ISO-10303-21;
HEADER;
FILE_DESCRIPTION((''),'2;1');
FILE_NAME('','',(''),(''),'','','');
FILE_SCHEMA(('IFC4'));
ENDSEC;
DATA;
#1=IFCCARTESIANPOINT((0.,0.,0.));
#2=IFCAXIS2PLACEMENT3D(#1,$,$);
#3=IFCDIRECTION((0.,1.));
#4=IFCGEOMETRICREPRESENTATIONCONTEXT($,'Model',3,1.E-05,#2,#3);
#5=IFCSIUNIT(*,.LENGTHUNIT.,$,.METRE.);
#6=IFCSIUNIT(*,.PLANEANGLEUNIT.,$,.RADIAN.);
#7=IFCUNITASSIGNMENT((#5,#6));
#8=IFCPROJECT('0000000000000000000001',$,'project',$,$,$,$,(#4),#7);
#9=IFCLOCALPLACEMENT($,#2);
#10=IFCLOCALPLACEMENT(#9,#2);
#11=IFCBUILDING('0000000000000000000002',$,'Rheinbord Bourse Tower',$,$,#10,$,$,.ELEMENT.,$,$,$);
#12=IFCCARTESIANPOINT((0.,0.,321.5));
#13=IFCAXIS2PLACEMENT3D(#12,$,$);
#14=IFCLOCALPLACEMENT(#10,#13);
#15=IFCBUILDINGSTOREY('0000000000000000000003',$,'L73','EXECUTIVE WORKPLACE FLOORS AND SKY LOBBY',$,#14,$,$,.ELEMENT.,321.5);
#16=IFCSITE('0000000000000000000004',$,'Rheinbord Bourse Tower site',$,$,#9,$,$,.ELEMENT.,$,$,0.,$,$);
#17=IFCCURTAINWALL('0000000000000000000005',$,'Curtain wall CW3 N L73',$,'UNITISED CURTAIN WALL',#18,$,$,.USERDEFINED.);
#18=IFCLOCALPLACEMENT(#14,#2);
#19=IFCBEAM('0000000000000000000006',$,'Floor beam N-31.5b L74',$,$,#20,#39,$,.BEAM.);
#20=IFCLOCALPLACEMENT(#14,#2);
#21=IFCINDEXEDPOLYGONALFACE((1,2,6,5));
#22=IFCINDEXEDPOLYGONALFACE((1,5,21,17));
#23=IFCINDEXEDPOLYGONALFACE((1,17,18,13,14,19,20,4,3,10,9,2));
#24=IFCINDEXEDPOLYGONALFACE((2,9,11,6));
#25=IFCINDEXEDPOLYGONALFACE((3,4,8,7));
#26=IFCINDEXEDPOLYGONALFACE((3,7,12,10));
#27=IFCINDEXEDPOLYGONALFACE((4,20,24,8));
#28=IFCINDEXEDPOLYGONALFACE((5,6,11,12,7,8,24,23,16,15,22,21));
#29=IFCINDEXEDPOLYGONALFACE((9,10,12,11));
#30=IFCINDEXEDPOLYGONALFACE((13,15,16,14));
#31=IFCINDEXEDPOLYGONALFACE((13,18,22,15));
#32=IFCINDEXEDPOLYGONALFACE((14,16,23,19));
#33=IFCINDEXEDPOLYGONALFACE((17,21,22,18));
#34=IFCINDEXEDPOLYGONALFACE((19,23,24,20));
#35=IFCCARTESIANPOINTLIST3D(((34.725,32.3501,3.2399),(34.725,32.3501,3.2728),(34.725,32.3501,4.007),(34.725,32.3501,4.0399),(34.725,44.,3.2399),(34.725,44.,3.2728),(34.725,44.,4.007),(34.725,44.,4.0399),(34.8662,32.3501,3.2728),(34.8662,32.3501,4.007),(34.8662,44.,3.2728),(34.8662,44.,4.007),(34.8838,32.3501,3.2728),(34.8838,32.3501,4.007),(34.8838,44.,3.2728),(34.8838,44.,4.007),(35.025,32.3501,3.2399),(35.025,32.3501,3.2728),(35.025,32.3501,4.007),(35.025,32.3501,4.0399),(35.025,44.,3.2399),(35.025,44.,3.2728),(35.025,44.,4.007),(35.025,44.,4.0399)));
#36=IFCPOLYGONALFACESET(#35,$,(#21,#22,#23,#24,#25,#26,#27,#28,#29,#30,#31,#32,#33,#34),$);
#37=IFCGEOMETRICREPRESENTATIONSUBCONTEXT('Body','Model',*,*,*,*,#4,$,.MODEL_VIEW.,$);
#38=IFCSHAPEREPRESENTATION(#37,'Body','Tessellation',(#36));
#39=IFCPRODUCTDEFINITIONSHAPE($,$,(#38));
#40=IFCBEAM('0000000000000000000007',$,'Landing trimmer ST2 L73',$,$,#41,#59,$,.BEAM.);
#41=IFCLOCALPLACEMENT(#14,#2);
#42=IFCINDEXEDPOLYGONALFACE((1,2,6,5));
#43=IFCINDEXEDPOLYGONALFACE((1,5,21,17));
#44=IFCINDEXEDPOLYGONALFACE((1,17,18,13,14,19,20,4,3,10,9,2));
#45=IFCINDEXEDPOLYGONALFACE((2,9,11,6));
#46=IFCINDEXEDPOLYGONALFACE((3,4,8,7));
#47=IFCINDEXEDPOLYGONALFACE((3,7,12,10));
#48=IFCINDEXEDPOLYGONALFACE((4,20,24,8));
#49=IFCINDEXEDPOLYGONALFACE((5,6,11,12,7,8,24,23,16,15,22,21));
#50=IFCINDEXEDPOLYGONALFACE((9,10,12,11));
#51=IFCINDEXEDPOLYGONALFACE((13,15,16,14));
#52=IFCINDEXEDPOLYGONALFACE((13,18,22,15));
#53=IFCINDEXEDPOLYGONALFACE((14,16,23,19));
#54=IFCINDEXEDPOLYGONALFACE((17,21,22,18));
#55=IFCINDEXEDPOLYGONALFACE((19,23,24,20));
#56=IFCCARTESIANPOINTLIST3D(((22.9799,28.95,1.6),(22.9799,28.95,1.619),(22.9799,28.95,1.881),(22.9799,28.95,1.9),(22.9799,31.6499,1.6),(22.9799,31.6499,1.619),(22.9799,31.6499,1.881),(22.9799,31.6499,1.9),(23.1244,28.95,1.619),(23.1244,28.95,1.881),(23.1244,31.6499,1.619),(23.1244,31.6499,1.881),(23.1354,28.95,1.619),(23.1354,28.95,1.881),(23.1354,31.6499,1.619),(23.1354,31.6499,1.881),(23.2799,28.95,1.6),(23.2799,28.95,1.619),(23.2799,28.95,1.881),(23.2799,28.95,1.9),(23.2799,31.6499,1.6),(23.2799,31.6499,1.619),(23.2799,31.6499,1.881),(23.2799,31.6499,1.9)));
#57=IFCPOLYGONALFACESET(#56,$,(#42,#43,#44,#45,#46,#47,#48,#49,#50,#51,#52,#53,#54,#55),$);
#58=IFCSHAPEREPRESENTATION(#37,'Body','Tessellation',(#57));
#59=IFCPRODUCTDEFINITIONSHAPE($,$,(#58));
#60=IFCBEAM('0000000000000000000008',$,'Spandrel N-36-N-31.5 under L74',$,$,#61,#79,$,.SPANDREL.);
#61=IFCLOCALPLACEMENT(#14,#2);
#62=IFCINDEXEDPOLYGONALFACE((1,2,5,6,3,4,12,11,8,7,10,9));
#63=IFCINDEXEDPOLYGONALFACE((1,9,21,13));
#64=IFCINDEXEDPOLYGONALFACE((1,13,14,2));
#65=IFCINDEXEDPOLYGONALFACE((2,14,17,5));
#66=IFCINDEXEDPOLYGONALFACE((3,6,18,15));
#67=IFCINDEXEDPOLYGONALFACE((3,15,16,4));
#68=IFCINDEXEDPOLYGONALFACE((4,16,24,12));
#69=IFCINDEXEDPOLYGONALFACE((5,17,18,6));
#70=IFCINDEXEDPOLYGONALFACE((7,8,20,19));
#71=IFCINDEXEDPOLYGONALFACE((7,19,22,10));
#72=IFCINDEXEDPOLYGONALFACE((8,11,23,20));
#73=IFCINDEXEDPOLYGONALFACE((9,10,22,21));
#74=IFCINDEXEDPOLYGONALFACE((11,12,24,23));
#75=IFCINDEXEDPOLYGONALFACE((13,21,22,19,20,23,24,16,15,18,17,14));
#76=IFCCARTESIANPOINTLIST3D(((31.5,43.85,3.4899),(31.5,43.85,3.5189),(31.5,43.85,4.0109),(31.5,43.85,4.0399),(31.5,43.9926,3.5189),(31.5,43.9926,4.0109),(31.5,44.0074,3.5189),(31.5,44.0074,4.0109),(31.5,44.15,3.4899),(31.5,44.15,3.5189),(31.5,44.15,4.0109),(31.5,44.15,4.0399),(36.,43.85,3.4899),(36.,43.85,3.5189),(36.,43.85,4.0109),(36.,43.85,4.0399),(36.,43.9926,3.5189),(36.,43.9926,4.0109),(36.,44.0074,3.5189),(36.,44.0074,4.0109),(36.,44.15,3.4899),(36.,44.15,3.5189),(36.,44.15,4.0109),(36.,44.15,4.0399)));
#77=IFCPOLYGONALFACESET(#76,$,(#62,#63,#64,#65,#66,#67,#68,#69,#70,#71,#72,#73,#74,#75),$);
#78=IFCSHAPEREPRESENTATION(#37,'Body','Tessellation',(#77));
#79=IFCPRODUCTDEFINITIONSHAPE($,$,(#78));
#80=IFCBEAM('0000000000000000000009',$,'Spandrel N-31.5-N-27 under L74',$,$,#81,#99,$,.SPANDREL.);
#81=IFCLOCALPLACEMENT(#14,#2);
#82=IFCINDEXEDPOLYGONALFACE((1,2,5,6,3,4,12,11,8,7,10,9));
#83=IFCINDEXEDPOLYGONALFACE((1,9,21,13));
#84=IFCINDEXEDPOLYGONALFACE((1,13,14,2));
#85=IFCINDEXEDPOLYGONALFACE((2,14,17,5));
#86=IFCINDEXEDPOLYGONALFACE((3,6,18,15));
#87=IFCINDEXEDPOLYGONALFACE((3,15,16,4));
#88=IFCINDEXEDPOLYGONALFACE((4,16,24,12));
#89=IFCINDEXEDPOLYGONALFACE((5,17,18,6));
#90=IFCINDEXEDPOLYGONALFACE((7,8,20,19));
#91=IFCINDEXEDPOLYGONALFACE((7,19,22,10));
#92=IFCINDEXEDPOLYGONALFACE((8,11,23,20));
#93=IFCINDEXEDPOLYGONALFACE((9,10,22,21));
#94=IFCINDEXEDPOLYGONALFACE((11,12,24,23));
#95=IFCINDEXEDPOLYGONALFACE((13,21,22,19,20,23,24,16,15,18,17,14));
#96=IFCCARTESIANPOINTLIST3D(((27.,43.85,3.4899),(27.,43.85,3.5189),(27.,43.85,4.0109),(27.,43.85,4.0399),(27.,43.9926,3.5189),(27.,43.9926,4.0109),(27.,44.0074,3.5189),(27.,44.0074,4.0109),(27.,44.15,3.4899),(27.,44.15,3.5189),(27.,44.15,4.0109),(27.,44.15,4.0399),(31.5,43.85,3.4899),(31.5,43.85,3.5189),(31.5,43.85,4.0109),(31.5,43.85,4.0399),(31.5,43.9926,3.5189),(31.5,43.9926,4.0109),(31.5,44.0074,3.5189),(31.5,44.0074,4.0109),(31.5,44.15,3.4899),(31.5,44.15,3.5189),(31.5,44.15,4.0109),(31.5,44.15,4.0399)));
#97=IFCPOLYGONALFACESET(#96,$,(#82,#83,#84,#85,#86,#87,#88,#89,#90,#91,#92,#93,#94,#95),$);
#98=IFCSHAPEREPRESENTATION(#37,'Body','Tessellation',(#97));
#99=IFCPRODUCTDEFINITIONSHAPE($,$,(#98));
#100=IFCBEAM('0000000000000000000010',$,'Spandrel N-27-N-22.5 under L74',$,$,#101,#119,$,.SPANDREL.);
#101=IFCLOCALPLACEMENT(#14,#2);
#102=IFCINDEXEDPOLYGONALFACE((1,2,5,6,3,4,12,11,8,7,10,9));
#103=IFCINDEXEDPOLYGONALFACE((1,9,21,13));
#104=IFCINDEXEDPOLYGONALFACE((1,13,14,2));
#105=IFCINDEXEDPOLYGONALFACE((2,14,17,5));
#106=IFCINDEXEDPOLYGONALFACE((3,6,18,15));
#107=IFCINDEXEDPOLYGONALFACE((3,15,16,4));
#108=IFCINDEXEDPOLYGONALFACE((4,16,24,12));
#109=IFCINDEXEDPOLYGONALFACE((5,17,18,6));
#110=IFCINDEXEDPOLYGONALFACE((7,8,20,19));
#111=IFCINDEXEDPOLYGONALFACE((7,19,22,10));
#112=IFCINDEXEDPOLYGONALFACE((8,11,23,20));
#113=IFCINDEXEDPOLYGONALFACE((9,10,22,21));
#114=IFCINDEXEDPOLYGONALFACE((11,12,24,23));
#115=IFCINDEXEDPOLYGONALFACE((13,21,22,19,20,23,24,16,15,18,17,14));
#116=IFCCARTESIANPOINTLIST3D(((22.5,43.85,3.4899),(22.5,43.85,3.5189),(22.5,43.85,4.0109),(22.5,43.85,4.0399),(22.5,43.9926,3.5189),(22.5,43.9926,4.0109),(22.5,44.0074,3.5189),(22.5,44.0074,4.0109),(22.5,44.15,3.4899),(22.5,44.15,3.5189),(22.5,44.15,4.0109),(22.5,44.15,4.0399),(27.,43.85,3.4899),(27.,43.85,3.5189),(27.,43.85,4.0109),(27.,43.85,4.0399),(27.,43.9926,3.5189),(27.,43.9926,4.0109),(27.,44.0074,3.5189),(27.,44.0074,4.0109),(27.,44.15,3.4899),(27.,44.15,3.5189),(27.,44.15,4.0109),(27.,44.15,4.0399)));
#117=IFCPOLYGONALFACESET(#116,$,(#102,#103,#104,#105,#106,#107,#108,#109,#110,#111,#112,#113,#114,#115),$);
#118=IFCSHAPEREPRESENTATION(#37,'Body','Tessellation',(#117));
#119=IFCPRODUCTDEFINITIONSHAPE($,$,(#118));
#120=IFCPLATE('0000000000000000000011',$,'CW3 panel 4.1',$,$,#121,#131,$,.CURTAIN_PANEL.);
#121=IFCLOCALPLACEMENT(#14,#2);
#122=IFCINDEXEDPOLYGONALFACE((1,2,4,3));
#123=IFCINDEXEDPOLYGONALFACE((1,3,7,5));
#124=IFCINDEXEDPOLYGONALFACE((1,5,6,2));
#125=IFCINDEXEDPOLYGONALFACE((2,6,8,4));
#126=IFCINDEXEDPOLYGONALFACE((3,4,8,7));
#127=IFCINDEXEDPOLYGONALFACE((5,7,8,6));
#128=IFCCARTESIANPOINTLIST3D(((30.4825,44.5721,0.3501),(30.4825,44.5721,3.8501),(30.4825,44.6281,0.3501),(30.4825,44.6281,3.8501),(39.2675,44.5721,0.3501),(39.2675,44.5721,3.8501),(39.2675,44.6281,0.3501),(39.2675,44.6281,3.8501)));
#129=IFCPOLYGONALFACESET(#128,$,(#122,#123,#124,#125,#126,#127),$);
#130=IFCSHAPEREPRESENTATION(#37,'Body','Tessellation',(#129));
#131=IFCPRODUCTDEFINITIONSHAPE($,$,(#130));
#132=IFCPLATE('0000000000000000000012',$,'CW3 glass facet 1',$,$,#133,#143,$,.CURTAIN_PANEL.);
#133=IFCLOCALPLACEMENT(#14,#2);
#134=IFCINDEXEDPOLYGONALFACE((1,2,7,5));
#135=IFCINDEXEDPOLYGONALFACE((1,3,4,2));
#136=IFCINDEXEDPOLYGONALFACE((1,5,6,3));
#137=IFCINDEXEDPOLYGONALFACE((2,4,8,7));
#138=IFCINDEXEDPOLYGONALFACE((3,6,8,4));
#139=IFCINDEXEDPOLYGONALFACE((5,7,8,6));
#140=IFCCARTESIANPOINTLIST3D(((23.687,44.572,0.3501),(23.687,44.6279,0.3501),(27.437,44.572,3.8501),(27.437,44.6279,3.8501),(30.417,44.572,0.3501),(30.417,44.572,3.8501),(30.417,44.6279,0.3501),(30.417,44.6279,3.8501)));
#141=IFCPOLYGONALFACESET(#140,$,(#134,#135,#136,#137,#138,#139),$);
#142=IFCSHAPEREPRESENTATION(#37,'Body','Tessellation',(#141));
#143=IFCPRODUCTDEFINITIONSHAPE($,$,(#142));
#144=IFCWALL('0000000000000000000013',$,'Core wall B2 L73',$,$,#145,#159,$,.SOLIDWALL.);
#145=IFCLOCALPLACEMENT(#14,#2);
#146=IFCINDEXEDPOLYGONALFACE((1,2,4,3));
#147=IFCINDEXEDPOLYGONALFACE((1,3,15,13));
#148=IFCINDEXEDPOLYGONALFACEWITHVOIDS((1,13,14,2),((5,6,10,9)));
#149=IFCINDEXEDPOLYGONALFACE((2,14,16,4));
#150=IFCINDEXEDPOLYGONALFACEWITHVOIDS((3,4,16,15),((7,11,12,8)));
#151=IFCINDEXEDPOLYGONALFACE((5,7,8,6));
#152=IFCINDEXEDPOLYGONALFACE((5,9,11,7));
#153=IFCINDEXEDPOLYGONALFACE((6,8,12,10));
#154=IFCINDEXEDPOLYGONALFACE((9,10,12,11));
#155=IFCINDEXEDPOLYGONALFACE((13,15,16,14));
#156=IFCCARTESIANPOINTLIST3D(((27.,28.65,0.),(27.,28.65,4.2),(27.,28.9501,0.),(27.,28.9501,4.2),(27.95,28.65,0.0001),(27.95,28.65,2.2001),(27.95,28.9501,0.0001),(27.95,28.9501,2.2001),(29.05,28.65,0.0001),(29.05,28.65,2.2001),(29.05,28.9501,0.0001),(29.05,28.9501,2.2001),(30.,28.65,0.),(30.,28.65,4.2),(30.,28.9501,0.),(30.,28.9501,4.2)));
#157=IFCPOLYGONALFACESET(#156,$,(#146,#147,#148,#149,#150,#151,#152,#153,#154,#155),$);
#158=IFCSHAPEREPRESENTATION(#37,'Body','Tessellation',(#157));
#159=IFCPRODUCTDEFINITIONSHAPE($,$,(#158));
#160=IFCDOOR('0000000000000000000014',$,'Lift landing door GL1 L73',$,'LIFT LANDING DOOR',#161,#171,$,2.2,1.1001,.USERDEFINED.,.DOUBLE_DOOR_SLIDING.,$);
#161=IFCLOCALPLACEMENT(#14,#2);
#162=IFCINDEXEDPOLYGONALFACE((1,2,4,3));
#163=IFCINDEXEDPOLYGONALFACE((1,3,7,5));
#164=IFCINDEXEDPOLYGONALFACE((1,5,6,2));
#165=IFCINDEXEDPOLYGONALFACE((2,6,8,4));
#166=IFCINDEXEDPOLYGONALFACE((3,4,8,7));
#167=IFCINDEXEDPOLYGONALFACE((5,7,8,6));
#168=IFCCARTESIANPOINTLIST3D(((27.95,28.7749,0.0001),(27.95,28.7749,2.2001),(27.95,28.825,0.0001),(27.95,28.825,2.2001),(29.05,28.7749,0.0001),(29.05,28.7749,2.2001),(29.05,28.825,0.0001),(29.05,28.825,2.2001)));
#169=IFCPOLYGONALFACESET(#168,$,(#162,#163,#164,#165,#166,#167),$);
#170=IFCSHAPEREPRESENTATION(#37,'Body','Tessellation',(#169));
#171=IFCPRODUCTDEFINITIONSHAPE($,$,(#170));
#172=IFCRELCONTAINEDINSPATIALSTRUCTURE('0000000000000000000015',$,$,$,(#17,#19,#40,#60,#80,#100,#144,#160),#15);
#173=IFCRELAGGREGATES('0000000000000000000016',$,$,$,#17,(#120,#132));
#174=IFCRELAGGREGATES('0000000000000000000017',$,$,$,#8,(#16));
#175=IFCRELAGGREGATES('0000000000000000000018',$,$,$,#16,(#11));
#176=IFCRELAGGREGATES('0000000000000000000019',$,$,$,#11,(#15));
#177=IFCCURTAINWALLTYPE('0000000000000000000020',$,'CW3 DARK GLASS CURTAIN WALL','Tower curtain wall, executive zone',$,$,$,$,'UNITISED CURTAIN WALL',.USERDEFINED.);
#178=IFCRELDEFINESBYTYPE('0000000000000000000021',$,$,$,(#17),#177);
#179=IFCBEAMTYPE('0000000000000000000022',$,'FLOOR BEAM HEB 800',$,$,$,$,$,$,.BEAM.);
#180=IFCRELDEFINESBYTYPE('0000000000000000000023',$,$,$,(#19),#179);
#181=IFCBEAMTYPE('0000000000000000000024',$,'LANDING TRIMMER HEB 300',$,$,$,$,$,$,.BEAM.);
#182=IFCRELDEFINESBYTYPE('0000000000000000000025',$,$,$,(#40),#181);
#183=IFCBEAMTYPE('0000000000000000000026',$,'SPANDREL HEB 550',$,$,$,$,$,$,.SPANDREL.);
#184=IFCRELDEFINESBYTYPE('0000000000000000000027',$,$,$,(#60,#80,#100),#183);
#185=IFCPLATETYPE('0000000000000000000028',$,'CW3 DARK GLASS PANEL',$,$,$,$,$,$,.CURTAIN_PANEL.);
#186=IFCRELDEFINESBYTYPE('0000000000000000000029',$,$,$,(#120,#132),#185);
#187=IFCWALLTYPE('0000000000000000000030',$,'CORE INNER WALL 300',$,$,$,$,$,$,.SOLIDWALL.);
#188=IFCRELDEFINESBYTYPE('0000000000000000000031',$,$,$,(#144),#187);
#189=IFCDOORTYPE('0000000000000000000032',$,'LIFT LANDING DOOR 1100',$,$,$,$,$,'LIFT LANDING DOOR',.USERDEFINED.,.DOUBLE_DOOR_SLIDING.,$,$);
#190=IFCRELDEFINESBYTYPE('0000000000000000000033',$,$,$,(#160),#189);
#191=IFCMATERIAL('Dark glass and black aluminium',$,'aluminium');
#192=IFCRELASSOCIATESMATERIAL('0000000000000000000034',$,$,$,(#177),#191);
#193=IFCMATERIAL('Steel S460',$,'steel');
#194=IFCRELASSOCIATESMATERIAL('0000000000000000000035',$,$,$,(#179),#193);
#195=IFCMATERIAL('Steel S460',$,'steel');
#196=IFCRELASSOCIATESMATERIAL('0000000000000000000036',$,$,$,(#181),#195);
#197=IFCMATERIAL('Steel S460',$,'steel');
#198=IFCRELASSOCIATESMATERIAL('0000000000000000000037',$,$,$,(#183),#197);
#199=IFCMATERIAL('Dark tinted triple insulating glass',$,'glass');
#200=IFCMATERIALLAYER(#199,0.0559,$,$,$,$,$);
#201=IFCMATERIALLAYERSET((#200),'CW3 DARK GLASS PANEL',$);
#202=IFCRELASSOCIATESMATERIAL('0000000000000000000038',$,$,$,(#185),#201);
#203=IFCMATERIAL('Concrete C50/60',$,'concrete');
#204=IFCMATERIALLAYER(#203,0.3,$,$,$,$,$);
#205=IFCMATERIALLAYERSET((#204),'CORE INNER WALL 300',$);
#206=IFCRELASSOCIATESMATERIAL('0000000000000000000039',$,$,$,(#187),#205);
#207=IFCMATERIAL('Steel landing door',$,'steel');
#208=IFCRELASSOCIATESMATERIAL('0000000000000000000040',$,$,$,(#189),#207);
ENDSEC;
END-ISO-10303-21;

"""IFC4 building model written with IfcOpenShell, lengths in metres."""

from ifc_helpers import new_model, si_unit, direction, frame, frame_2d, origin, origin_2d, place, context, subcontext, project, spatial, polyline, rectangle, i_section, outline, extrude, material, layer, layer_set, material_profile, profile_set, type_object, element, fill, aggregate, save


model = new_model("IFC4")

# Units and contexts
model_context = context("Model", 3, precision=1e-05, world=origin(), true_north=direction((0.0, 1.0)))
body_context = subcontext(model_context, "Body", "Model", "MODEL_VIEW")
ifc_project = project(units=[si_unit("LENGTHUNIT", "METRE"), si_unit("PLANEANGLEUNIT", "RADIAN")], contexts=[model_context])

# Site, building, storey
site_placement = place(None, origin())
site = spatial("IfcSite", under=ifc_project, at=site_placement, Name="Rheinbord Bourse Tower site", CompositionType="ELEMENT", RefElevation=0.0)
building_placement = place(site_placement, origin())
building = spatial("IfcBuilding", under=site, at=building_placement, Name="Rheinbord Bourse Tower", CompositionType="ELEMENT")
storey_placement = place(building_placement, frame((0.0, 0.0, 321.5)))
storey = spatial("IfcBuildingStorey", under=building, at=storey_placement, Name="L73", Description="EXECUTIVE WORKPLACE FLOORS AND SKY LOBBY", CompositionType="ELEMENT", Elevation=321.5)

# Curtain wall
ifc_material_1 = material(Name="Dark glass and black aluminium", Category="aluminium")
curtain_wall_type = type_object("IfcCurtainWallType", Name="CW3 DARK GLASS CURTAIN WALL", Description="Tower curtain wall, executive zone", ElementType="UNITISED CURTAIN WALL", PredefinedType="USERDEFINED", material=ifc_material_1)
curtain_wall_placement = place(storey_placement, origin())
curtain_wall = element("IfcCurtainWall", 1, at=curtain_wall_placement, inside=storey, type_object=curtain_wall_type, Name="Curtain wall CW3 N L73", ObjectType="UNITISED CURTAIN WALL", PredefinedType="USERDEFINED")

# Beams
ifc_material_2 = material(Name="Steel S460", Category="steel")
ifc_material_profile_1 = material_profile(ifc_material_2, i_section(OverallWidth=0.3, OverallDepth=0.8, WebThickness=0.0176, FlangeThickness=0.033, at=origin_2d()), Name="HEB 800")
ifc_profile_set_1 = profile_set([ifc_material_profile_1], Name="Steel S460")
beam_type_1 = type_object("IfcBeamType", Name="FLOOR BEAM HEB 800", PredefinedType="BEAM", material=ifc_profile_set_1)
for number, where, z_axis, x_axis, name in (
    (2, (34.875, 44.0, 3.6399), (0.0, -1.0, 0.0), (1.0, 0.0, 0.0), "Floor beam N-31.5b L74"),
):
    element("IfcBeam", number, at=place(storey_placement, frame(where, z_axis=z_axis, x_axis=x_axis)), inside=storey, type_object=beam_type_1, Name=name, PredefinedType="BEAM", context=body_context, shape_type="SweptSolid", body=[
        extrude(i_section(OverallWidth=0.3, OverallDepth=0.8, WebThickness=0.0176, FlangeThickness=0.033, at=origin_2d()), origin(), (0.0, 0.0, 1.0), 11.6499),
    ])
ifc_material_3 = material(Name="Steel S460", Category="steel")
ifc_material_profile_2 = material_profile(ifc_material_3, i_section(OverallWidth=0.3, OverallDepth=0.3, WebThickness=0.011, FlangeThickness=0.019, at=origin_2d()), Name="HEB 300")
ifc_profile_set_2 = profile_set([ifc_material_profile_2], Name="Steel S460")
beam_type_2 = type_object("IfcBeamType", Name="LANDING TRIMMER HEB 300", PredefinedType="BEAM", material=ifc_profile_set_2)
beam_placement = place(storey_placement, frame((23.1299, 28.95, 1.75), z_axis=(0.0, 1.0, 0.0), x_axis=(-1.0, 0.0, 0.0)))
element("IfcBeam", 3, at=beam_placement, inside=storey, type_object=beam_type_2, Name="Landing trimmer ST2 L73", PredefinedType="BEAM", context=body_context, shape_type="SweptSolid", body=[
    extrude(i_section(OverallWidth=0.3, OverallDepth=0.3, WebThickness=0.011, FlangeThickness=0.019, at=origin_2d()), origin(), (0.0, 0.0, 1.0), 2.7),
])
ifc_material_4 = material(Name="Steel S460", Category="steel")
ifc_material_profile_3 = material_profile(ifc_material_4, i_section(OverallWidth=0.3, OverallDepth=0.55, WebThickness=0.0149, FlangeThickness=0.0291, at=origin_2d()), Name="HEB 550")
ifc_profile_set_3 = profile_set([ifc_material_profile_3], Name="Steel S460")
beam_type_3 = type_object("IfcBeamType", Name="SPANDREL HEB 550", PredefinedType="SPANDREL", material=ifc_profile_set_3)
for number, where, z_axis, x_axis, name in (
    (4, (36.0, 44.0, 3.7649), (-1.0, 0.0, 0.0), (0.0, -1.0, 0.0), "Spandrel N-36-N-31.5 under L74"),
    (5, (31.5, 44.0, 3.7649), (-1.0, 0.0, 0.0), (0.0, -1.0, 0.0), "Spandrel N-31.5-N-27 under L74"),
    (6, (27.0, 44.0, 3.7649), (-1.0, 0.0, 0.0), (0.0, -1.0, 0.0), "Spandrel N-27-N-22.5 under L74"),
):
    element("IfcBeam", number, at=place(storey_placement, frame(where, z_axis=z_axis, x_axis=x_axis)), inside=storey, type_object=beam_type_3, Name=name, PredefinedType="SPANDREL", context=body_context, shape_type="SweptSolid", body=[
        extrude(i_section(OverallWidth=0.3, OverallDepth=0.55, WebThickness=0.0149, FlangeThickness=0.0291, at=origin_2d()), origin(), (0.0, 0.0, 1.0), 4.5),
    ])

# Plates
ifc_material_5 = material(Name="Dark tinted triple insulating glass", Category="glass")
ifc_layer_1 = layer(ifc_material_5, 0.0559)
ifc_layer_set_1 = layer_set([ifc_layer_1], Name="CW3 DARK GLASS PANEL")
plate_type = type_object("IfcPlateType", Name="CW3 DARK GLASS PANEL", PredefinedType="CURTAIN_PANEL", material=ifc_layer_set_1)
plate_1_placement = place(storey_placement, frame((34.875, 44.6001, 0.3501), z_axis=(0.0, 0.0, 1.0), x_axis=(-1.0, 0.0, 0.0)))
plate_1 = element("IfcPlate", 7, at=plate_1_placement, type_object=plate_type, Name="CW3 panel 4.1", PredefinedType="CURTAIN_PANEL", context=body_context, shape_type="SweptSolid", body=[
    extrude(rectangle(XDim=8.7849, YDim=0.0559, at=origin_2d()), origin(), (0.0, 0.0, 1.0), 3.5),
])
plate_2_placement = place(storey_placement, frame((30.417, 44.6279, 0.3501), z_axis=(0.0, -1.0, 0.0), x_axis=(0.0, 0.0, 1.0)))
plate_2 = element("IfcPlate", 8, at=plate_2_placement, type_object=plate_type, Name="CW3 glass facet 1", PredefinedType="CURTAIN_PANEL", context=body_context, shape_type="SweptSolid", body=[
    extrude(outline(polyline([(0.0, 0.0), (3.5, 0.0), (3.5, 2.98), (0.0, 6.73), (0.0, 0.0)])), origin(), (0.0, 0.0, 1.0), 0.0559),
])
aggregate(curtain_wall, [plate_1, plate_2])

# Wall, opening, door
ifc_material_6 = material(Name="Concrete C50/60", Category="concrete")
ifc_layer_2 = layer(ifc_material_6, 0.3)
ifc_layer_set_2 = layer_set([ifc_layer_2], Name="CORE INNER WALL 300")
wall_type_1 = type_object("IfcWallType", Name="CORE INNER WALL 300", PredefinedType="SOLIDWALL", material=ifc_layer_set_2)
wall_1_placement = place(storey_placement, frame((27.0, 28.8, 0.0), z_axis=(0.0, 0.0, 1.0), x_axis=(1.0, 0.0, 0.0)))
wall_1 = element("IfcWall", 9, at=wall_1_placement, inside=storey, type_object=wall_type_1, Name="Core wall B2 L73", PredefinedType="SOLIDWALL", context=body_context, shape_type="SweptSolid", body=[
    extrude(rectangle(XDim=3.0, YDim=0.3, at=frame_2d((1.5, 0.0))), origin(), (0.0, 0.0, 1.0), 4.2),
])
opening_1_placement = place(wall_1_placement, frame((0.95, 0.0, 0.0)))
opening_1 = element("IfcOpeningElement", 10, at=opening_1_placement, cuts=wall_1, PredefinedType="OPENING", context=body_context, shape_type="SweptSolid", body=[
    extrude(rectangle(XDim=1.1001, YDim=2.2, at=frame_2d((0.55, 1.1001))), frame((0.0, 0.1599, 0.0), z_axis=(0.0, -1.0, 0.0), x_axis=(1.0, 0.0, 0.0)), (0.0, 0.0, 1.0), 0.3201),
])
ifc_material_7 = material(Name="Steel landing door", Category="steel")
door_type = type_object("IfcDoorType", Name="LIFT LANDING DOOR 1100", ElementType="LIFT LANDING DOOR", OperationType="DOUBLE_DOOR_SLIDING", PredefinedType="USERDEFINED", material=ifc_material_7)
door_1_placement = place(opening_1_placement, origin())
door_1 = element("IfcDoor", 11, at=door_1_placement, inside=storey, type_object=door_type, Name="Lift landing door GL1 L73", ObjectType="LIFT LANDING DOOR", OperationType="DOUBLE_DOOR_SLIDING", OverallHeight=2.2, OverallWidth=1.1001, PredefinedType="USERDEFINED", context=body_context, shape_type="SweptSolid", body=[
    extrude(rectangle(XDim=1.1001, YDim=2.2, at=frame_2d((0.55, 1.1001))), frame((0.0, 0.0249, 0.0), z_axis=(0.0, -1.0, 0.0), x_axis=(1.0, 0.0, 0.0)), (0.0, 0.0, 1.0), 0.05),
])
fill(opening_1, door_1)

save(model, "model.ifc")
